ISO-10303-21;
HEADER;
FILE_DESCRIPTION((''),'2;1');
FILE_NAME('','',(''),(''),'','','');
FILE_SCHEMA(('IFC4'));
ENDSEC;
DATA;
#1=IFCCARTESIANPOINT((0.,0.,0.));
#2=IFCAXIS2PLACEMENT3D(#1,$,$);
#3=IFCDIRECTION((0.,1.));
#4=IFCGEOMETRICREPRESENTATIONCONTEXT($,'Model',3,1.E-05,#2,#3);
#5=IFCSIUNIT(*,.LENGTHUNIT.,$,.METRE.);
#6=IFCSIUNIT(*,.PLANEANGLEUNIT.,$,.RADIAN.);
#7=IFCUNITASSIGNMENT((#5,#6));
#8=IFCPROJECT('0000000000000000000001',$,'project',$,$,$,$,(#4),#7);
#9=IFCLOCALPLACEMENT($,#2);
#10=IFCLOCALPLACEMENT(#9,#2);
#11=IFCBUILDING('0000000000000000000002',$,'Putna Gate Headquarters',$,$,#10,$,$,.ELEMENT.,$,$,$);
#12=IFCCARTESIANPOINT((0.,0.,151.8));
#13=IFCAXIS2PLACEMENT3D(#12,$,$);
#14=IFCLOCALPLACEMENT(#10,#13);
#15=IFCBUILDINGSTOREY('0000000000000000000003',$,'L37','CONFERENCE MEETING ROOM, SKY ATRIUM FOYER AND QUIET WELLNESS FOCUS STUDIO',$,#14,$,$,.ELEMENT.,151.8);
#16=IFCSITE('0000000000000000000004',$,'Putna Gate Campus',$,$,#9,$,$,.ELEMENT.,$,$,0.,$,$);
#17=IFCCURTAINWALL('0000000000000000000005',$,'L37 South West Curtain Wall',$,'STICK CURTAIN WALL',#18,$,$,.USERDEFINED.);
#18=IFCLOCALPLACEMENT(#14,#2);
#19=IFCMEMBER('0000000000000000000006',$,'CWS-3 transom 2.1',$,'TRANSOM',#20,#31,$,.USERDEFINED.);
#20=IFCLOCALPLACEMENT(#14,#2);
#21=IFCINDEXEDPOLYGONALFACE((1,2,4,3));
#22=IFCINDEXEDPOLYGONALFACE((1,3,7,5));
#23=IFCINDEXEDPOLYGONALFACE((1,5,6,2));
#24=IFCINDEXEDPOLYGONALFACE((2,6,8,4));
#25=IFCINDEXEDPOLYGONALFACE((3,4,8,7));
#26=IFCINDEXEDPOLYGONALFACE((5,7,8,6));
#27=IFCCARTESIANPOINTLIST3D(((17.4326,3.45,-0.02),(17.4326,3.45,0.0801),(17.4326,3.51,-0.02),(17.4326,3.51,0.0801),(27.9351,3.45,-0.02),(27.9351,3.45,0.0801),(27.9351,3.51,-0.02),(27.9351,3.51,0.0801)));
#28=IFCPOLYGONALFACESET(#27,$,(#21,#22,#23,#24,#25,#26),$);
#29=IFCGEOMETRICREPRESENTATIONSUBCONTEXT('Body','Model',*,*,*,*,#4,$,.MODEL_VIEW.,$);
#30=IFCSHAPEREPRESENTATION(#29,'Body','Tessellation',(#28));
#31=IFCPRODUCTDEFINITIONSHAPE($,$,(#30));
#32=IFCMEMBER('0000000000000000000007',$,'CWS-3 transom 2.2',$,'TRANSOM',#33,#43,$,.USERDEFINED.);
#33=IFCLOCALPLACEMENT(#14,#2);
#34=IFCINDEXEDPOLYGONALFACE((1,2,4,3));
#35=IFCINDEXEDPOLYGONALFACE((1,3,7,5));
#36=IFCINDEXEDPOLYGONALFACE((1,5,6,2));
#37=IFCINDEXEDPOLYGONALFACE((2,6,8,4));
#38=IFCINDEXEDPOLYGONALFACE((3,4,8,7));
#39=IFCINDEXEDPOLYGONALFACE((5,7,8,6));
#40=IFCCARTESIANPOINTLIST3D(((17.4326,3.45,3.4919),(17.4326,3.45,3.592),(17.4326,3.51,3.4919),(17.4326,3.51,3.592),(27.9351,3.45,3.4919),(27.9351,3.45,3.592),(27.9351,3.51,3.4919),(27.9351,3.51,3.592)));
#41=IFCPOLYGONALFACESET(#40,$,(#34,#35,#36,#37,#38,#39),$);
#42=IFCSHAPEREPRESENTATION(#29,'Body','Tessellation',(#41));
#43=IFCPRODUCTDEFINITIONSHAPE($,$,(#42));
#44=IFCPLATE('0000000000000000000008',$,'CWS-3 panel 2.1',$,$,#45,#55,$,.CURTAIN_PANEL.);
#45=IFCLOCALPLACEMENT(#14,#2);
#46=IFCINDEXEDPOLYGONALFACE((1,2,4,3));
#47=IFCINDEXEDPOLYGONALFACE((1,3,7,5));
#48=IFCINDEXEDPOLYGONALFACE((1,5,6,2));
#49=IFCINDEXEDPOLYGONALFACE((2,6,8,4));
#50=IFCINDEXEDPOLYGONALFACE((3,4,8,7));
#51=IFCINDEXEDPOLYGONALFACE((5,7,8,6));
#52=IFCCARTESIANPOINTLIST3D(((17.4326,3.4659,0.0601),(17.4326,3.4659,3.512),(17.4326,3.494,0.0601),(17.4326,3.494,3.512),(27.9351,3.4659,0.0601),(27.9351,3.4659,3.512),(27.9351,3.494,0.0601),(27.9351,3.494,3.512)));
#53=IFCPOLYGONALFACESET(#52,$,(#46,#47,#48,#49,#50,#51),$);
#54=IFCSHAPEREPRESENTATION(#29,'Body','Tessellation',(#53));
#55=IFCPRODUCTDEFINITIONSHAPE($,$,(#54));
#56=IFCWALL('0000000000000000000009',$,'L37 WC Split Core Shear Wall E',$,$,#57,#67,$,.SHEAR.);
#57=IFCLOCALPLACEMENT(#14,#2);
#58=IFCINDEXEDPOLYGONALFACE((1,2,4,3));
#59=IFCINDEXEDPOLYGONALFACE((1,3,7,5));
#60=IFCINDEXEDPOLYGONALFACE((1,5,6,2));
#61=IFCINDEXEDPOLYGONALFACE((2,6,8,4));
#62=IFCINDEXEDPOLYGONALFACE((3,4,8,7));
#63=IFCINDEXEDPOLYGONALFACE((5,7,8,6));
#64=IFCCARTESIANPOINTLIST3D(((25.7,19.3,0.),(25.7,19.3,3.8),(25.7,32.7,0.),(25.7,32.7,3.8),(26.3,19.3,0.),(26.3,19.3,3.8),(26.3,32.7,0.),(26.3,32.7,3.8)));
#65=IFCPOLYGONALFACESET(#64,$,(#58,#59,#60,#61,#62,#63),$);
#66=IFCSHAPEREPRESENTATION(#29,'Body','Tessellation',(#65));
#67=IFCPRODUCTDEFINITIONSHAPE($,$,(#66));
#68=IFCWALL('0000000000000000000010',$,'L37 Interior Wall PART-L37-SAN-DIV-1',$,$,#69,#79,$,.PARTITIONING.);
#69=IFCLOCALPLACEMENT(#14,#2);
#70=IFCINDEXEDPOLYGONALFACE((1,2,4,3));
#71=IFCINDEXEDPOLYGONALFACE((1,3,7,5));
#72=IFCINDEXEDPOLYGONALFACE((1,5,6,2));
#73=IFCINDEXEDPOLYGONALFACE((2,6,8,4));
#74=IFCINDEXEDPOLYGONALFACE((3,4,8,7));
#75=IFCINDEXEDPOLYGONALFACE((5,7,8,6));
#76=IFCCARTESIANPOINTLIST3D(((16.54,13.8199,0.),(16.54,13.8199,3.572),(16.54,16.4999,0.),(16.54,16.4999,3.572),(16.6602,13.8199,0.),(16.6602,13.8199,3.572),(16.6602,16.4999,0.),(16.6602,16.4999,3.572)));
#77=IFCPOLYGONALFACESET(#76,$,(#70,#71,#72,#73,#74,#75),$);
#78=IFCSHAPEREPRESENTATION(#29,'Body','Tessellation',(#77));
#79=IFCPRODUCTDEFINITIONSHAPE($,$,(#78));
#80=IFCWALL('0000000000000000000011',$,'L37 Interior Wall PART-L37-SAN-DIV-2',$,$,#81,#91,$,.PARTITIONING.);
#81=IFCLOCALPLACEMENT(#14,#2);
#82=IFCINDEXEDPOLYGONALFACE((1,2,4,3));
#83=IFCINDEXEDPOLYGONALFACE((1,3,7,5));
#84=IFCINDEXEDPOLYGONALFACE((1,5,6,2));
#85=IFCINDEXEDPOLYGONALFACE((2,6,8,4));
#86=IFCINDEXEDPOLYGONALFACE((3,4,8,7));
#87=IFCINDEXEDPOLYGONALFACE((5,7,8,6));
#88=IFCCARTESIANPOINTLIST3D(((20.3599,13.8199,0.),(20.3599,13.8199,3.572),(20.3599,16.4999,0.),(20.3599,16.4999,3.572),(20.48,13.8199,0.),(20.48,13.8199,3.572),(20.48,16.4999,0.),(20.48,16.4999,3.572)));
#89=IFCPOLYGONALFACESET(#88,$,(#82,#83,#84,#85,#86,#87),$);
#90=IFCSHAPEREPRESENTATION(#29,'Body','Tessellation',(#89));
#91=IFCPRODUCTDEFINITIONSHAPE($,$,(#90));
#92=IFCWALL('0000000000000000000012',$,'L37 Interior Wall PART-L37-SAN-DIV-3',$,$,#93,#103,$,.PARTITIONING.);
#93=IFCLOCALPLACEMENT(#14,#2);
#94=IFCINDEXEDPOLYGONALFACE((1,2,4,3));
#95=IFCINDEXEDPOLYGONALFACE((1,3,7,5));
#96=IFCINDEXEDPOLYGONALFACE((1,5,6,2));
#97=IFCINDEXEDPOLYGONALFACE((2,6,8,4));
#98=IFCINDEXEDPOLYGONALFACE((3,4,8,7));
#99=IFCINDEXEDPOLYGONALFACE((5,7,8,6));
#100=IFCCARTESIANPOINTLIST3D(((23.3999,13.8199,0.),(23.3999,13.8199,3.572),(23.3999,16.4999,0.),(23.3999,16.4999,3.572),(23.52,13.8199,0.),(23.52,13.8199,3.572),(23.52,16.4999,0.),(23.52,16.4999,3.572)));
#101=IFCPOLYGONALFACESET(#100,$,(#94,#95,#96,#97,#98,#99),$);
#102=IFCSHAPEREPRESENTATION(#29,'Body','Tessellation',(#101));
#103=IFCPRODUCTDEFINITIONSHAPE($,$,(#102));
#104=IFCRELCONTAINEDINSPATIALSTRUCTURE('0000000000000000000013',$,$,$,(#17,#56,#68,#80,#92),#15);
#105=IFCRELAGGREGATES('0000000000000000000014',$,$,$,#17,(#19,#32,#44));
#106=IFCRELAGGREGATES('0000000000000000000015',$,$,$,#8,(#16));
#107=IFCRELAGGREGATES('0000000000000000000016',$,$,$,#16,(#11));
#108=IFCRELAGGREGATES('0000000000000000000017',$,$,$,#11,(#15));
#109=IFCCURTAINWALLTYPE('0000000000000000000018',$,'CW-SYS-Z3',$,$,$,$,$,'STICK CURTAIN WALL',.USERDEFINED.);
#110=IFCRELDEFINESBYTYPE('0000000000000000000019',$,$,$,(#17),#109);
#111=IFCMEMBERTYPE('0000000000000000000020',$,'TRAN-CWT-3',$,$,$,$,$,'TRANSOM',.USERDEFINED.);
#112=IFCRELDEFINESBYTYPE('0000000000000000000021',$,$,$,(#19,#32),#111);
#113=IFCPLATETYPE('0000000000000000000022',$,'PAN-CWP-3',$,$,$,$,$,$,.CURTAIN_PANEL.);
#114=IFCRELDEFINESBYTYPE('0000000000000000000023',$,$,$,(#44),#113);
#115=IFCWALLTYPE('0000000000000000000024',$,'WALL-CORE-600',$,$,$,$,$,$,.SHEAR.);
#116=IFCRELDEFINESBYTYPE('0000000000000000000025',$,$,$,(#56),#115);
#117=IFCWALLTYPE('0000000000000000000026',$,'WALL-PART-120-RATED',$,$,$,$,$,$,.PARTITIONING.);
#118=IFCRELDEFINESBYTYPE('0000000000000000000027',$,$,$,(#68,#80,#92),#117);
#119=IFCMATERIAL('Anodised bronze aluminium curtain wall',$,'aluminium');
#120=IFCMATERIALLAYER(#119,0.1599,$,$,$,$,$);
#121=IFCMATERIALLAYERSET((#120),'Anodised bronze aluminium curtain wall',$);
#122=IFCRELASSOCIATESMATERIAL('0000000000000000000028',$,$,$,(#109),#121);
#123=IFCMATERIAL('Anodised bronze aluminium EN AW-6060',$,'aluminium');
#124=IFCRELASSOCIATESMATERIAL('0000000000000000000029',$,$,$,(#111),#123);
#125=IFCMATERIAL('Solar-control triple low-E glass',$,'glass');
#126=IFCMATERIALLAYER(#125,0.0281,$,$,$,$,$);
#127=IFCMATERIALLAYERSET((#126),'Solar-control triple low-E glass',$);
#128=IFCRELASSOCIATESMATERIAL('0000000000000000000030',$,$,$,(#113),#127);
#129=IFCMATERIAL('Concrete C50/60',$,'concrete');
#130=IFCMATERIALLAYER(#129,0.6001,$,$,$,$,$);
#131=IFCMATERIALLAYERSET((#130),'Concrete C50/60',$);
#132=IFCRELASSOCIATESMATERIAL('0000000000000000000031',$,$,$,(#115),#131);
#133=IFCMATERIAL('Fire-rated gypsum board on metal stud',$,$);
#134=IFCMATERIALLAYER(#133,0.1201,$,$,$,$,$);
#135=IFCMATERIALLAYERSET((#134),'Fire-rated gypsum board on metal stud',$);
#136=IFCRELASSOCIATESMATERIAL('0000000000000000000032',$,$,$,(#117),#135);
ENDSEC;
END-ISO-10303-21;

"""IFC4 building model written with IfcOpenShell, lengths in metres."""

from ifc_helpers import new_model, si_unit, direction, frame, frame_2d, origin, origin_2d, place, context, subcontext, project, spatial, rectangle, extrude, material, layer, layer_set, material_profile, profile_set, type_object, element, aggregate, save


model = new_model("IFC4")

# Units and contexts
model_context = context("Model", 3, precision=1e-05, world=origin(), true_north=direction((0.0, 1.0)))
body_context = subcontext(model_context, "Body", "Model", "MODEL_VIEW")
ifc_project = project(units=[si_unit("LENGTHUNIT", "METRE"), si_unit("PLANEANGLEUNIT", "RADIAN")], contexts=[model_context])

# Site, building, storey
site_placement = place(None, origin())
site = spatial("IfcSite", under=ifc_project, at=site_placement, Name="Putna Gate Campus", CompositionType="ELEMENT", RefElevation=0.0)
building_placement = place(site_placement, origin())
building = spatial("IfcBuilding", under=site, at=building_placement, Name="Putna Gate Headquarters", CompositionType="ELEMENT")
storey_placement = place(building_placement, frame((0.0, 0.0, 151.8)))
storey = spatial("IfcBuildingStorey", under=building, at=storey_placement, Name="L37", Description="CONFERENCE MEETING ROOM, SKY ATRIUM FOYER AND QUIET WELLNESS FOCUS STUDIO", CompositionType="ELEMENT", Elevation=151.8)

# Shared definitions
ifc_material_1 = material(Name="Concrete C50/60", Category="concrete")

# Curtain wall, members, plate
ifc_material_2 = material(Name="Anodised bronze aluminium curtain wall", Category="aluminium")
ifc_layer_1 = layer(ifc_material_2, 0.1599)
ifc_layer_set_1 = layer_set([ifc_layer_1], Name="Anodised bronze aluminium curtain wall")
curtain_wall_type = type_object("IfcCurtainWallType", Name="CW-SYS-Z3", ElementType="STICK CURTAIN WALL", PredefinedType="USERDEFINED", material=ifc_layer_set_1)
curtain_wall_placement = place(storey_placement, origin())
curtain_wall = element("IfcCurtainWall", 1, at=curtain_wall_placement, inside=storey, type_object=curtain_wall_type, Name="L37 South West Curtain Wall", ObjectType="STICK CURTAIN WALL", PredefinedType="USERDEFINED")
ifc_material_3 = material(Name="Anodised bronze aluminium EN AW-6060", Category="aluminium")
ifc_material_profile_1 = material_profile(ifc_material_3, rectangle(XDim=0.0601, YDim=0.1001, at=origin_2d()), Name="Anodised bronze aluminium EN AW-6060")
ifc_profile_set_1 = profile_set([ifc_material_profile_1], Name="Anodised bronze aluminium EN AW-6060")
member_type_1 = type_object("IfcMemberType", Name="TRAN-CWT-3", ElementType="TRANSOM", PredefinedType="USERDEFINED", material=ifc_profile_set_1)
member_1_placement = place(storey_placement, frame((17.4326, 3.48, 0.03), z_axis=(1.0, 0.0, 0.0), x_axis=(0.0, 1.0, 0.0)))
member_1 = element("IfcMember", 2, at=member_1_placement, type_object=member_type_1, Name="CWS-3 transom 2.1", ObjectType="TRANSOM", PredefinedType="USERDEFINED", context=body_context, shape_type="SweptSolid", body=[
    extrude(rectangle(XDim=0.0601, YDim=0.1001, at=origin_2d()), origin(), (0.0, 0.0, 1.0), 10.5024),
])
member_2_placement = place(storey_placement, frame((17.4326, 3.48, 3.542), z_axis=(1.0, 0.0, 0.0), x_axis=(0.0, 1.0, 0.0)))
member_2 = element("IfcMember", 3, at=member_2_placement, type_object=member_type_1, Name="CWS-3 transom 2.2", ObjectType="TRANSOM", PredefinedType="USERDEFINED", context=body_context, shape_type="SweptSolid", body=[
    extrude(rectangle(XDim=0.0601, YDim=0.1001, at=origin_2d()), origin(), (0.0, 0.0, 1.0), 10.5024),
])
ifc_material_4 = material(Name="Solar-control triple low-E glass", Category="glass")
ifc_layer_2 = layer(ifc_material_4, 0.0281)
ifc_layer_set_2 = layer_set([ifc_layer_2], Name="Solar-control triple low-E glass")
plate_type = type_object("IfcPlateType", Name="PAN-CWP-3", PredefinedType="CURTAIN_PANEL", material=ifc_layer_set_2)
plate_placement = place(storey_placement, frame((22.6838, 3.48, 0.0601), z_axis=(0.0, 0.0, 1.0), x_axis=(1.0, 0.0, 0.0)))
plate = element("IfcPlate", 4, at=plate_placement, type_object=plate_type, Name="CWS-3 panel 2.1", PredefinedType="CURTAIN_PANEL", context=body_context, shape_type="SweptSolid", body=[
    extrude(rectangle(XDim=10.5024, YDim=0.0281, at=origin_2d()), origin(), (0.0, 0.0, 1.0), 3.4519),
])
aggregate(curtain_wall, [member_1, member_2, plate])

# Walls
ifc_layer_3 = layer(ifc_material_1, 0.6001)
ifc_layer_set_3 = layer_set([ifc_layer_3], Name="Concrete C50/60")
wall_type_1 = type_object("IfcWallType", Name="WALL-CORE-600", PredefinedType="SHEAR", material=ifc_layer_set_3)
wall_1_placement = place(storey_placement, frame((26.0, 19.3, 0.0), z_axis=(0.0, 0.0, 1.0), x_axis=(0.0, 1.0, 0.0)))
element("IfcWall", 5, at=wall_1_placement, inside=storey, type_object=wall_type_1, Name="L37 WC Split Core Shear Wall E", PredefinedType="SHEAR", context=body_context, shape_type="SweptSolid", body=[
    extrude(rectangle(XDim=13.3999, YDim=0.6001, at=frame_2d((6.7, 0.0))), origin(), (0.0, 0.0, 1.0), 3.8),
])
ifc_material_5 = material(Name="Fire-rated gypsum board on metal stud")
ifc_layer_4 = layer(ifc_material_5, 0.1201)
ifc_layer_set_4 = layer_set([ifc_layer_4], Name="Fire-rated gypsum board on metal stud")
wall_type_2 = type_object("IfcWallType", Name="WALL-PART-120-RATED", PredefinedType="PARTITIONING", material=ifc_layer_set_4)
for number, where, z_axis, x_axis, name in (
    (6, (16.6001, 13.8201, 0.0), (0.0, 0.0, 1.0), (0.0, 1.0, 0.0), "L37 Interior Wall PART-L37-SAN-DIV-1"),
    (7, (20.4199, 13.8201, 0.0), (0.0, 0.0, 1.0), (0.0, 1.0, 0.0), "L37 Interior Wall PART-L37-SAN-DIV-2"),
    (8, (23.46, 13.8201, 0.0), (0.0, 0.0, 1.0), (0.0, 1.0, 0.0), "L37 Interior Wall PART-L37-SAN-DIV-3"),
):
    element("IfcWall", number, at=place(storey_placement, frame(where, z_axis=z_axis, x_axis=x_axis)), inside=storey, type_object=wall_type_2, Name=name, PredefinedType="PARTITIONING", context=body_context, shape_type="SweptSolid", body=[
        extrude(rectangle(XDim=2.6799, YDim=0.1201, at=frame_2d((1.3398, 0.0))), origin(), (0.0, 0.0, 1.0), 3.572),
    ])

save(model, "model.ifc")
